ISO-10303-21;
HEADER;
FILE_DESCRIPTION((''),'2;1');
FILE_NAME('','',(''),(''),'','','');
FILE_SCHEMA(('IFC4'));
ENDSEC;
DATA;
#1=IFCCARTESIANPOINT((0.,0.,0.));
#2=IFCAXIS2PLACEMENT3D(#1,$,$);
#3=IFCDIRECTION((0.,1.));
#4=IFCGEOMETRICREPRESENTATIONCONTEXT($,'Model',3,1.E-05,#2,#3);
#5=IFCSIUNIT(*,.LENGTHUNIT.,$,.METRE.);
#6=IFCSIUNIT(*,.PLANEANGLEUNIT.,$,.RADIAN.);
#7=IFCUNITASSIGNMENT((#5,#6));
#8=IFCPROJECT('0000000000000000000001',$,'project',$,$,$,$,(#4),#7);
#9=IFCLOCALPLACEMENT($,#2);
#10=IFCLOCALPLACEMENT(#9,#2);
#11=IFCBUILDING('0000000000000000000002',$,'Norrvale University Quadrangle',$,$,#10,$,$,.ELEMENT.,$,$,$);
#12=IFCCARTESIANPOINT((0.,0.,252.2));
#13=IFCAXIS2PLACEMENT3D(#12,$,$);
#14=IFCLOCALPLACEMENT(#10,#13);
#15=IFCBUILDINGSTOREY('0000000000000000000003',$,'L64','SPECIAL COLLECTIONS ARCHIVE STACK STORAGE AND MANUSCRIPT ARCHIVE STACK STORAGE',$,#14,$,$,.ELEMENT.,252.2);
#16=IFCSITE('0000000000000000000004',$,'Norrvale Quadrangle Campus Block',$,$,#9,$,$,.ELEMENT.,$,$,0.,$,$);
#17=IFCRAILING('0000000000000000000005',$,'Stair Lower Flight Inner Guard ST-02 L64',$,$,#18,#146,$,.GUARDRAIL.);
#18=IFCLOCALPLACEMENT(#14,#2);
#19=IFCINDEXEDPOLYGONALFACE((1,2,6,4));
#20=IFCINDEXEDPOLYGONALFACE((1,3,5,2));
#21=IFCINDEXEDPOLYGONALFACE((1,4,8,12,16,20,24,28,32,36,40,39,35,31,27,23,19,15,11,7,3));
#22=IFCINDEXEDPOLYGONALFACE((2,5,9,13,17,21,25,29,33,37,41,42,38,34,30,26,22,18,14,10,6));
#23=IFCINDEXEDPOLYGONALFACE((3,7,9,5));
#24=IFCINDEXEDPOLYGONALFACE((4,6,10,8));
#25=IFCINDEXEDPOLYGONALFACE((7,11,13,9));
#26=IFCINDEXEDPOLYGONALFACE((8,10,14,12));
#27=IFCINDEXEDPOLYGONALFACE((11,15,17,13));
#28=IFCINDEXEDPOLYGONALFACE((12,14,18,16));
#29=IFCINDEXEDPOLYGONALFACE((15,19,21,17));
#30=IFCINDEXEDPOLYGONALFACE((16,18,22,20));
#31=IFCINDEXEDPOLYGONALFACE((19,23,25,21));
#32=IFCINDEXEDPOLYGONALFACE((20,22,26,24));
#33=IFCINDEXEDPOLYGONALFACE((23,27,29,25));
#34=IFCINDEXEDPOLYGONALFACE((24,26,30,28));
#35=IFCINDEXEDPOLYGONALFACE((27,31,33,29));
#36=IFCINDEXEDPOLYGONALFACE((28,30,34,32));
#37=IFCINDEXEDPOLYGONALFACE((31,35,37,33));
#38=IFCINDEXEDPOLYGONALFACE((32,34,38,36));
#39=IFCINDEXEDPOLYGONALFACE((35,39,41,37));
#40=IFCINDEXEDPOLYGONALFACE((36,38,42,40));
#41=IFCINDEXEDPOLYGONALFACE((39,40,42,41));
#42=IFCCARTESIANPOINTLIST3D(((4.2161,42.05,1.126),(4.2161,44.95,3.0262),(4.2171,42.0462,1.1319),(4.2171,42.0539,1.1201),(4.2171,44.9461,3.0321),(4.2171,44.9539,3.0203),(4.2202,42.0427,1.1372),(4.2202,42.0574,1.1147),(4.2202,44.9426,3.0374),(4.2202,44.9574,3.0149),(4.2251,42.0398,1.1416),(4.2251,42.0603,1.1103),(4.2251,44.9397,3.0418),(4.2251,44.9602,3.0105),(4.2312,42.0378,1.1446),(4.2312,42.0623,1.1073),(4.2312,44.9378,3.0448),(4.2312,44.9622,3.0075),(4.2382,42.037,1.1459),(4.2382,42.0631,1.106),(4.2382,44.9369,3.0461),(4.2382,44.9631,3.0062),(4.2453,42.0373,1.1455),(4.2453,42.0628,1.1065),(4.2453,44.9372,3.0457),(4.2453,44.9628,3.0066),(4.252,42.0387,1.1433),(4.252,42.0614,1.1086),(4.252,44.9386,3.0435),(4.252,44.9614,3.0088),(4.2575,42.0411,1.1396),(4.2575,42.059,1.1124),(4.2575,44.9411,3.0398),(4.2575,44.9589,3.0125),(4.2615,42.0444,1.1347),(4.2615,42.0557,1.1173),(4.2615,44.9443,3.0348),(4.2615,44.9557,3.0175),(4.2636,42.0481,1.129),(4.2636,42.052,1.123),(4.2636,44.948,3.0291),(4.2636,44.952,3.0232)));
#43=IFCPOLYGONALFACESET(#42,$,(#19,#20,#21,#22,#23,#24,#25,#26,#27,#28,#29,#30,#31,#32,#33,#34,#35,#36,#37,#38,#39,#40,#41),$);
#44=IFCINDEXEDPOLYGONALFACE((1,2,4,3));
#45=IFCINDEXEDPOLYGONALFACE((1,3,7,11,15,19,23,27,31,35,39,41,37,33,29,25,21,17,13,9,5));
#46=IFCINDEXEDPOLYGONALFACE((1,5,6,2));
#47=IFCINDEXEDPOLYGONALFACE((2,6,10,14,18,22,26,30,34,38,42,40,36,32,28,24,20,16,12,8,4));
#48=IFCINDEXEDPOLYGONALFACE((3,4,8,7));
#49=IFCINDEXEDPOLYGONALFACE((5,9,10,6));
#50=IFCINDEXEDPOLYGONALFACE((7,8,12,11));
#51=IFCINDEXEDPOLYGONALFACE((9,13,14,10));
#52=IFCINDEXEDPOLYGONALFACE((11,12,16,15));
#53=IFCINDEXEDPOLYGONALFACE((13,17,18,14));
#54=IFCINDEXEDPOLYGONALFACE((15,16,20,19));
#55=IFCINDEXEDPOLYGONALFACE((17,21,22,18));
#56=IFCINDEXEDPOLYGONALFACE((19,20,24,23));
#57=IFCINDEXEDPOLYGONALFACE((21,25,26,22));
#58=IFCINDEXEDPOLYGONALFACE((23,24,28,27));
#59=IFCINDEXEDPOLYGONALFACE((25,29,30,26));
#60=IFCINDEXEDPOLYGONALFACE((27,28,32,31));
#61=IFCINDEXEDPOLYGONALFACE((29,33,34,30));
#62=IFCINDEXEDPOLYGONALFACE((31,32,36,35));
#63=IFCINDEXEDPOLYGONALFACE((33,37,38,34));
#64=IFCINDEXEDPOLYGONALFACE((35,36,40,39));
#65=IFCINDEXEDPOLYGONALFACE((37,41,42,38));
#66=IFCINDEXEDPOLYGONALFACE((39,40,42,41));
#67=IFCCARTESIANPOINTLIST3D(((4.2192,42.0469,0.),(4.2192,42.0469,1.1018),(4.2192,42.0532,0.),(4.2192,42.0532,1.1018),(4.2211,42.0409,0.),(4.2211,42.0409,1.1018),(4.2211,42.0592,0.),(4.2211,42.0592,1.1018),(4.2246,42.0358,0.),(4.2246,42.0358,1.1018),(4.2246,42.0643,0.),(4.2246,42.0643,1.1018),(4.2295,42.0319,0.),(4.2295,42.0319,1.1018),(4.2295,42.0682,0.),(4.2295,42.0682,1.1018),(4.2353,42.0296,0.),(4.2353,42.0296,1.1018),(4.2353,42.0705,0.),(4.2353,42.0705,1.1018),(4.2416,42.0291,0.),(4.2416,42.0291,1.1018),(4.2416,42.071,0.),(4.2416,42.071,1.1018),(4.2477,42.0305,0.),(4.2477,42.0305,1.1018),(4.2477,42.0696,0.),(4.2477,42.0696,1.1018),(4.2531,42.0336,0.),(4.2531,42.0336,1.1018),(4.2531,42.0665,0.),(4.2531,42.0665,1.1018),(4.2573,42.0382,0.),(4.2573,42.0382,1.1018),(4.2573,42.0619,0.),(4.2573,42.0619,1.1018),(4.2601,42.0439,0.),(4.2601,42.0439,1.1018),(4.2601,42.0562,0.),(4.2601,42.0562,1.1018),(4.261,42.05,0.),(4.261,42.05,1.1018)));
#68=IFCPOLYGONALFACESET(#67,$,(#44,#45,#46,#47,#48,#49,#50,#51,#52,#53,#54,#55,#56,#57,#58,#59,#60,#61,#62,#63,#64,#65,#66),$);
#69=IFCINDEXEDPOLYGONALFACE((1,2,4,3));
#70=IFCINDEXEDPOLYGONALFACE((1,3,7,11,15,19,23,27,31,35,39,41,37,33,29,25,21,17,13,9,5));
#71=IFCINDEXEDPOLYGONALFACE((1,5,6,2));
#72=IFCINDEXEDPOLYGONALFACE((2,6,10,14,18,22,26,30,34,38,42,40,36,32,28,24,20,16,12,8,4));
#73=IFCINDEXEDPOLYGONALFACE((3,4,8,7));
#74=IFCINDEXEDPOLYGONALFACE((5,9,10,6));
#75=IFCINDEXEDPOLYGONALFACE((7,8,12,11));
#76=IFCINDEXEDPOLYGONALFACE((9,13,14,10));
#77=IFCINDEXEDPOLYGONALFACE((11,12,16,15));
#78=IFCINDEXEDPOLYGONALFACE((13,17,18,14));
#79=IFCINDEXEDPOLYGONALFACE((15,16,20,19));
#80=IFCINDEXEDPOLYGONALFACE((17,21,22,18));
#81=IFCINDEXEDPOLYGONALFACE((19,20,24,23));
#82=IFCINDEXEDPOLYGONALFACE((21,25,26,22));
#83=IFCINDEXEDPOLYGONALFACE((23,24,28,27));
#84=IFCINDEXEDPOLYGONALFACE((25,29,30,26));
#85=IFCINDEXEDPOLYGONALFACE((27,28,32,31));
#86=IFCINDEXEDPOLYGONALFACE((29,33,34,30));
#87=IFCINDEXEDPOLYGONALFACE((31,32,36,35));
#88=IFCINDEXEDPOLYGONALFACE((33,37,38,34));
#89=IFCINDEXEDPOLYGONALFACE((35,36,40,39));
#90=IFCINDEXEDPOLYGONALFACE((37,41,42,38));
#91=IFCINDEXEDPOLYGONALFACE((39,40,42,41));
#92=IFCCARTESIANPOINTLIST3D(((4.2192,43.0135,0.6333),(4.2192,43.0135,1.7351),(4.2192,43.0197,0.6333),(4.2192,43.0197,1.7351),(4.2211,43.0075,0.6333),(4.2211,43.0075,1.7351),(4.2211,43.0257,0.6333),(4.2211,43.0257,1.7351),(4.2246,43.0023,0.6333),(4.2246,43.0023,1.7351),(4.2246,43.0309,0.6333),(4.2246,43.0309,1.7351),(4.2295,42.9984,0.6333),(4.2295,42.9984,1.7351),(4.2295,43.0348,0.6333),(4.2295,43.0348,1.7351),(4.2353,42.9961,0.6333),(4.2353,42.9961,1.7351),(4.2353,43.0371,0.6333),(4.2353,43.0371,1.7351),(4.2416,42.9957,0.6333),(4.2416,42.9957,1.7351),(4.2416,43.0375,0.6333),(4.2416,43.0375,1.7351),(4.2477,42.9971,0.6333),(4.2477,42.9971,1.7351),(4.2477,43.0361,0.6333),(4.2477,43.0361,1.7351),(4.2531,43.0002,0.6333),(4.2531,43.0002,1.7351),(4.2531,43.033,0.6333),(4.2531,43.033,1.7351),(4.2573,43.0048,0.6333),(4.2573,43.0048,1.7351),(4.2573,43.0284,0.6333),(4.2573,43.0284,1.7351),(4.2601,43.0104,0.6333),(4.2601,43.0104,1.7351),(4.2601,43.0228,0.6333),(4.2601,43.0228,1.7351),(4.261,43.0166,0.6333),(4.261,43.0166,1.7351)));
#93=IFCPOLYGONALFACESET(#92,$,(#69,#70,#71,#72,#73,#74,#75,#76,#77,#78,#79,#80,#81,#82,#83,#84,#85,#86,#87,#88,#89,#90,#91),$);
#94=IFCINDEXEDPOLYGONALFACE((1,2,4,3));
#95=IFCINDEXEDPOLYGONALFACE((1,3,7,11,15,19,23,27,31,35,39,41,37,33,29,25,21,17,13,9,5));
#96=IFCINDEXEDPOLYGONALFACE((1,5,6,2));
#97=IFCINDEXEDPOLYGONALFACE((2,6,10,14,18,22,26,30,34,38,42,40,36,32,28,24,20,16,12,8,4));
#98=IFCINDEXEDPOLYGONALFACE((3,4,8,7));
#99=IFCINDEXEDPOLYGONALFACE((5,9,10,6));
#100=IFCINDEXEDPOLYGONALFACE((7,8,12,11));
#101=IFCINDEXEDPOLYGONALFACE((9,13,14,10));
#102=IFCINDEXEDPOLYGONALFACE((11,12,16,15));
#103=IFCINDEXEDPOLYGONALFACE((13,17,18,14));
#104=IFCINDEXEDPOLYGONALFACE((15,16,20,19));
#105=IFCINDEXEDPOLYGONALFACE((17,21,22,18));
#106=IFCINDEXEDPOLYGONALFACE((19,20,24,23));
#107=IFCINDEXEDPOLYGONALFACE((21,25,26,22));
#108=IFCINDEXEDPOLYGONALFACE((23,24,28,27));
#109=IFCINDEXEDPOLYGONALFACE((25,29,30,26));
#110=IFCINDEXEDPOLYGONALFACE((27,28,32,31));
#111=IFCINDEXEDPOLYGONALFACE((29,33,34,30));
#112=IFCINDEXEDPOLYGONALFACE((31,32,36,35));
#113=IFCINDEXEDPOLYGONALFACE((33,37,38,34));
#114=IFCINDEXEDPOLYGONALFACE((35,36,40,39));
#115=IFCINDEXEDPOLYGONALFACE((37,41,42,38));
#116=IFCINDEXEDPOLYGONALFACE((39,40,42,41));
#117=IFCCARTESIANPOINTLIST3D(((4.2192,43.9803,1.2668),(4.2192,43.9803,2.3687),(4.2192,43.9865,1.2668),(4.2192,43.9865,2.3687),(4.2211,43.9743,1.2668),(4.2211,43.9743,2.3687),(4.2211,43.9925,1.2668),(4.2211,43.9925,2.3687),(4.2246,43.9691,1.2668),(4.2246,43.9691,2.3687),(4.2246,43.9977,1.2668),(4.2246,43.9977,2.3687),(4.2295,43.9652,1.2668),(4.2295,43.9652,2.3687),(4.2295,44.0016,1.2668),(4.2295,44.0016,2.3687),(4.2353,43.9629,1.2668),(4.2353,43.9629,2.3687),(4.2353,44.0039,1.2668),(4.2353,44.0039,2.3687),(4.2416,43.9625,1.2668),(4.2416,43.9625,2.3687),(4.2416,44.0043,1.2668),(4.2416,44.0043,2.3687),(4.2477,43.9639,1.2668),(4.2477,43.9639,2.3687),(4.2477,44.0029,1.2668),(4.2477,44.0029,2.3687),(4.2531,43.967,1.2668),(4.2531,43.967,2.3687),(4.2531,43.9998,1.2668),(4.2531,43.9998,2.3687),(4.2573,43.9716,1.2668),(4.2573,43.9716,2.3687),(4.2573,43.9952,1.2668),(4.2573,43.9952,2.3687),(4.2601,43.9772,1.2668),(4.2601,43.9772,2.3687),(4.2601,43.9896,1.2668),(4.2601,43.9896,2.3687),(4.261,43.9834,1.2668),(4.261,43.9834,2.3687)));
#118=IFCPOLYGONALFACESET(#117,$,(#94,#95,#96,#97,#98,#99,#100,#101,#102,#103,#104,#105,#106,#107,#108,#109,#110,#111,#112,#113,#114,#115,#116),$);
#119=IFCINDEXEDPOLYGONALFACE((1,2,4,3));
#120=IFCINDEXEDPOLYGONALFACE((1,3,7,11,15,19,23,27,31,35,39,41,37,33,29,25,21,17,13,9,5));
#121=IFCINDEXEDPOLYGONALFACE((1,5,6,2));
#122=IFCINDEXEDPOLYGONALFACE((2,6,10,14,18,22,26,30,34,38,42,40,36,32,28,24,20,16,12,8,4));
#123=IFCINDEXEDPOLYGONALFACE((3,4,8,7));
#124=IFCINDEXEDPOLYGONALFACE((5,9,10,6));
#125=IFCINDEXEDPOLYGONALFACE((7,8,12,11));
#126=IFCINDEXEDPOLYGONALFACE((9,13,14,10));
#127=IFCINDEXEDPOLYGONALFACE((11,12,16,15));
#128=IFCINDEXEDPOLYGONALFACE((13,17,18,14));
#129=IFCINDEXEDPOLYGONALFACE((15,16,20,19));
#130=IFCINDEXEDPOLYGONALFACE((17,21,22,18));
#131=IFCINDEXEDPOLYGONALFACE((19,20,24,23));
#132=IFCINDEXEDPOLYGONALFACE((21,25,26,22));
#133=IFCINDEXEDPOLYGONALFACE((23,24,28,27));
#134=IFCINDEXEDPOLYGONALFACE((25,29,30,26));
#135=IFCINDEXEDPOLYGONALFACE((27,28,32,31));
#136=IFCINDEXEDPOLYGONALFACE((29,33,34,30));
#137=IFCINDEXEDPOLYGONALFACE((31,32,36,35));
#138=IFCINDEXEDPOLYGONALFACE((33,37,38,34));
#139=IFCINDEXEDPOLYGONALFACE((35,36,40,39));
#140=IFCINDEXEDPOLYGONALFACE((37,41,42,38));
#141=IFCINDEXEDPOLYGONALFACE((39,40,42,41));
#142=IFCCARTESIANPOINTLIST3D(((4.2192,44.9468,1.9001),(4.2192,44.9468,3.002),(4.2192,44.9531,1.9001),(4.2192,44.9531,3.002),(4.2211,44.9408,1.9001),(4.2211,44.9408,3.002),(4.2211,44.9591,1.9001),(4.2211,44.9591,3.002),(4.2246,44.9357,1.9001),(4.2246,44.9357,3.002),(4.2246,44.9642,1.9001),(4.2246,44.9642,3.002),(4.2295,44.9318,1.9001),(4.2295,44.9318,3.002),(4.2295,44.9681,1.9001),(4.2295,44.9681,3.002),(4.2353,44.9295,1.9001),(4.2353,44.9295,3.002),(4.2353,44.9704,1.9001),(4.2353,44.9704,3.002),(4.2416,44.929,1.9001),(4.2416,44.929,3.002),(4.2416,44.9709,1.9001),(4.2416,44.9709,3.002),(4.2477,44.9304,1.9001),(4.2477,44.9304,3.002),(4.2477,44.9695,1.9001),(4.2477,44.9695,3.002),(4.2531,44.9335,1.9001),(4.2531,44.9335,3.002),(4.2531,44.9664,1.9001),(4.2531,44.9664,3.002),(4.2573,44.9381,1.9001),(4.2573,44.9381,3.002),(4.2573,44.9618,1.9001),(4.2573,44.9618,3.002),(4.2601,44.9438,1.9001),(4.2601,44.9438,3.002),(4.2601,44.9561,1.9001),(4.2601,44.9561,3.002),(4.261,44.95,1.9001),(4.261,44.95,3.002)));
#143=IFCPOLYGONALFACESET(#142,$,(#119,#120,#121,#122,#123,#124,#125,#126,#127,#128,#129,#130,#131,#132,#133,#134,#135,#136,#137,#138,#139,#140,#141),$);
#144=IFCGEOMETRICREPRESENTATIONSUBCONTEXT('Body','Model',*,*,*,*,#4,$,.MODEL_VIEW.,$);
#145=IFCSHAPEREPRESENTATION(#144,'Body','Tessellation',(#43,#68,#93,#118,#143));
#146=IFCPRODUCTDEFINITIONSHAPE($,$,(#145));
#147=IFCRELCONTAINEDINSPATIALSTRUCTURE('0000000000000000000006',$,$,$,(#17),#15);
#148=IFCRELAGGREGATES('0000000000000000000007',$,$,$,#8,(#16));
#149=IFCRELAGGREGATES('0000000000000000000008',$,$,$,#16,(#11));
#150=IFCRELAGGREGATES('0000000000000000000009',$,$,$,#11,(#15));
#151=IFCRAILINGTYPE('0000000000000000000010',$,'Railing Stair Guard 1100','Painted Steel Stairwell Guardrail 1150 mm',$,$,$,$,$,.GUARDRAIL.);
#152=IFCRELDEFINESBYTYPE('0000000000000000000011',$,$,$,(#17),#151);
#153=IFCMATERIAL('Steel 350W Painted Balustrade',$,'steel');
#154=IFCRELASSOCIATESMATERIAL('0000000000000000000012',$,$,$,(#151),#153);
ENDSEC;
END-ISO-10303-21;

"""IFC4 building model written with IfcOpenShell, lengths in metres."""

from ifc_helpers import new_model, si_unit, direction, frame, origin, origin_2d, place, context, subcontext, project, spatial, circle, extrude, material, type_object, element, save


model = new_model("IFC4")

# Units and contexts
model_context = context("Model", 3, precision=1e-05, world=origin(), true_north=direction((0.0, 1.0)))
body_context = subcontext(model_context, "Body", "Model", "MODEL_VIEW")
ifc_project = project(units=[si_unit("LENGTHUNIT", "METRE"), si_unit("PLANEANGLEUNIT", "RADIAN")], contexts=[model_context])

# Site, building, storey
site_placement = place(None, origin())
site = spatial("IfcSite", under=ifc_project, at=site_placement, Name="Norrvale Quadrangle Campus Block", CompositionType="ELEMENT", RefElevation=0.0)
building_placement = place(site_placement, origin())
building = spatial("IfcBuilding", under=site, at=building_placement, Name="Norrvale University Quadrangle", CompositionType="ELEMENT")
storey_placement = place(building_placement, frame((0.0, 0.0, 252.2)))
storey = spatial("IfcBuildingStorey", under=building, at=storey_placement, Name="L64", Description="SPECIAL COLLECTIONS ARCHIVE STACK STORAGE AND MANUSCRIPT ARCHIVE STACK STORAGE", CompositionType="ELEMENT", Elevation=252.2)

# Railing
ifc_material_1 = material(Name="Steel 350W Painted Balustrade", Category="steel")
railing_type_1 = type_object("IfcRailingType", Name="Railing Stair Guard 1100", Description="Painted Steel Stairwell Guardrail 1150 mm", PredefinedType="GUARDRAIL", material=ifc_material_1)
railing_1_placement = place(storey_placement, frame((4.24, 42.05, 0.0)))
element("IfcRailing", 1, at=railing_1_placement, inside=storey, type_object=railing_type_1, Name="Stair Lower Flight Inner Guard ST-02 L64", PredefinedType="GUARDRAIL", context=body_context, shape_type="SweptSolid", body=[
    extrude(circle(Radius=0.0239, at=origin_2d()), frame((0.0, 0.0, 1.126), z_axis=(0.0, 0.836433, 0.548069), x_axis=(-1.0, 0.0, 0.0)), (0.0, 0.0, 1.0), 3.467),
    extrude(circle(Radius=0.021, at=origin_2d()), origin(), (0.0, 0.0, 1.0), 1.1018),
    extrude(circle(Radius=0.021, at=origin_2d()), frame((0.0, 0.9666, 0.6333)), (0.0, 0.0, 1.0), 1.1018),
    extrude(circle(Radius=0.021, at=origin_2d()), frame((0.0, 1.9333, 1.2668)), (0.0, 0.0, 1.0), 1.1018),
    extrude(circle(Radius=0.021, at=origin_2d()), frame((0.0, 2.8999, 1.9001)), (0.0, 0.0, 1.0), 1.1018),
])

save(model, "model.ifc")
